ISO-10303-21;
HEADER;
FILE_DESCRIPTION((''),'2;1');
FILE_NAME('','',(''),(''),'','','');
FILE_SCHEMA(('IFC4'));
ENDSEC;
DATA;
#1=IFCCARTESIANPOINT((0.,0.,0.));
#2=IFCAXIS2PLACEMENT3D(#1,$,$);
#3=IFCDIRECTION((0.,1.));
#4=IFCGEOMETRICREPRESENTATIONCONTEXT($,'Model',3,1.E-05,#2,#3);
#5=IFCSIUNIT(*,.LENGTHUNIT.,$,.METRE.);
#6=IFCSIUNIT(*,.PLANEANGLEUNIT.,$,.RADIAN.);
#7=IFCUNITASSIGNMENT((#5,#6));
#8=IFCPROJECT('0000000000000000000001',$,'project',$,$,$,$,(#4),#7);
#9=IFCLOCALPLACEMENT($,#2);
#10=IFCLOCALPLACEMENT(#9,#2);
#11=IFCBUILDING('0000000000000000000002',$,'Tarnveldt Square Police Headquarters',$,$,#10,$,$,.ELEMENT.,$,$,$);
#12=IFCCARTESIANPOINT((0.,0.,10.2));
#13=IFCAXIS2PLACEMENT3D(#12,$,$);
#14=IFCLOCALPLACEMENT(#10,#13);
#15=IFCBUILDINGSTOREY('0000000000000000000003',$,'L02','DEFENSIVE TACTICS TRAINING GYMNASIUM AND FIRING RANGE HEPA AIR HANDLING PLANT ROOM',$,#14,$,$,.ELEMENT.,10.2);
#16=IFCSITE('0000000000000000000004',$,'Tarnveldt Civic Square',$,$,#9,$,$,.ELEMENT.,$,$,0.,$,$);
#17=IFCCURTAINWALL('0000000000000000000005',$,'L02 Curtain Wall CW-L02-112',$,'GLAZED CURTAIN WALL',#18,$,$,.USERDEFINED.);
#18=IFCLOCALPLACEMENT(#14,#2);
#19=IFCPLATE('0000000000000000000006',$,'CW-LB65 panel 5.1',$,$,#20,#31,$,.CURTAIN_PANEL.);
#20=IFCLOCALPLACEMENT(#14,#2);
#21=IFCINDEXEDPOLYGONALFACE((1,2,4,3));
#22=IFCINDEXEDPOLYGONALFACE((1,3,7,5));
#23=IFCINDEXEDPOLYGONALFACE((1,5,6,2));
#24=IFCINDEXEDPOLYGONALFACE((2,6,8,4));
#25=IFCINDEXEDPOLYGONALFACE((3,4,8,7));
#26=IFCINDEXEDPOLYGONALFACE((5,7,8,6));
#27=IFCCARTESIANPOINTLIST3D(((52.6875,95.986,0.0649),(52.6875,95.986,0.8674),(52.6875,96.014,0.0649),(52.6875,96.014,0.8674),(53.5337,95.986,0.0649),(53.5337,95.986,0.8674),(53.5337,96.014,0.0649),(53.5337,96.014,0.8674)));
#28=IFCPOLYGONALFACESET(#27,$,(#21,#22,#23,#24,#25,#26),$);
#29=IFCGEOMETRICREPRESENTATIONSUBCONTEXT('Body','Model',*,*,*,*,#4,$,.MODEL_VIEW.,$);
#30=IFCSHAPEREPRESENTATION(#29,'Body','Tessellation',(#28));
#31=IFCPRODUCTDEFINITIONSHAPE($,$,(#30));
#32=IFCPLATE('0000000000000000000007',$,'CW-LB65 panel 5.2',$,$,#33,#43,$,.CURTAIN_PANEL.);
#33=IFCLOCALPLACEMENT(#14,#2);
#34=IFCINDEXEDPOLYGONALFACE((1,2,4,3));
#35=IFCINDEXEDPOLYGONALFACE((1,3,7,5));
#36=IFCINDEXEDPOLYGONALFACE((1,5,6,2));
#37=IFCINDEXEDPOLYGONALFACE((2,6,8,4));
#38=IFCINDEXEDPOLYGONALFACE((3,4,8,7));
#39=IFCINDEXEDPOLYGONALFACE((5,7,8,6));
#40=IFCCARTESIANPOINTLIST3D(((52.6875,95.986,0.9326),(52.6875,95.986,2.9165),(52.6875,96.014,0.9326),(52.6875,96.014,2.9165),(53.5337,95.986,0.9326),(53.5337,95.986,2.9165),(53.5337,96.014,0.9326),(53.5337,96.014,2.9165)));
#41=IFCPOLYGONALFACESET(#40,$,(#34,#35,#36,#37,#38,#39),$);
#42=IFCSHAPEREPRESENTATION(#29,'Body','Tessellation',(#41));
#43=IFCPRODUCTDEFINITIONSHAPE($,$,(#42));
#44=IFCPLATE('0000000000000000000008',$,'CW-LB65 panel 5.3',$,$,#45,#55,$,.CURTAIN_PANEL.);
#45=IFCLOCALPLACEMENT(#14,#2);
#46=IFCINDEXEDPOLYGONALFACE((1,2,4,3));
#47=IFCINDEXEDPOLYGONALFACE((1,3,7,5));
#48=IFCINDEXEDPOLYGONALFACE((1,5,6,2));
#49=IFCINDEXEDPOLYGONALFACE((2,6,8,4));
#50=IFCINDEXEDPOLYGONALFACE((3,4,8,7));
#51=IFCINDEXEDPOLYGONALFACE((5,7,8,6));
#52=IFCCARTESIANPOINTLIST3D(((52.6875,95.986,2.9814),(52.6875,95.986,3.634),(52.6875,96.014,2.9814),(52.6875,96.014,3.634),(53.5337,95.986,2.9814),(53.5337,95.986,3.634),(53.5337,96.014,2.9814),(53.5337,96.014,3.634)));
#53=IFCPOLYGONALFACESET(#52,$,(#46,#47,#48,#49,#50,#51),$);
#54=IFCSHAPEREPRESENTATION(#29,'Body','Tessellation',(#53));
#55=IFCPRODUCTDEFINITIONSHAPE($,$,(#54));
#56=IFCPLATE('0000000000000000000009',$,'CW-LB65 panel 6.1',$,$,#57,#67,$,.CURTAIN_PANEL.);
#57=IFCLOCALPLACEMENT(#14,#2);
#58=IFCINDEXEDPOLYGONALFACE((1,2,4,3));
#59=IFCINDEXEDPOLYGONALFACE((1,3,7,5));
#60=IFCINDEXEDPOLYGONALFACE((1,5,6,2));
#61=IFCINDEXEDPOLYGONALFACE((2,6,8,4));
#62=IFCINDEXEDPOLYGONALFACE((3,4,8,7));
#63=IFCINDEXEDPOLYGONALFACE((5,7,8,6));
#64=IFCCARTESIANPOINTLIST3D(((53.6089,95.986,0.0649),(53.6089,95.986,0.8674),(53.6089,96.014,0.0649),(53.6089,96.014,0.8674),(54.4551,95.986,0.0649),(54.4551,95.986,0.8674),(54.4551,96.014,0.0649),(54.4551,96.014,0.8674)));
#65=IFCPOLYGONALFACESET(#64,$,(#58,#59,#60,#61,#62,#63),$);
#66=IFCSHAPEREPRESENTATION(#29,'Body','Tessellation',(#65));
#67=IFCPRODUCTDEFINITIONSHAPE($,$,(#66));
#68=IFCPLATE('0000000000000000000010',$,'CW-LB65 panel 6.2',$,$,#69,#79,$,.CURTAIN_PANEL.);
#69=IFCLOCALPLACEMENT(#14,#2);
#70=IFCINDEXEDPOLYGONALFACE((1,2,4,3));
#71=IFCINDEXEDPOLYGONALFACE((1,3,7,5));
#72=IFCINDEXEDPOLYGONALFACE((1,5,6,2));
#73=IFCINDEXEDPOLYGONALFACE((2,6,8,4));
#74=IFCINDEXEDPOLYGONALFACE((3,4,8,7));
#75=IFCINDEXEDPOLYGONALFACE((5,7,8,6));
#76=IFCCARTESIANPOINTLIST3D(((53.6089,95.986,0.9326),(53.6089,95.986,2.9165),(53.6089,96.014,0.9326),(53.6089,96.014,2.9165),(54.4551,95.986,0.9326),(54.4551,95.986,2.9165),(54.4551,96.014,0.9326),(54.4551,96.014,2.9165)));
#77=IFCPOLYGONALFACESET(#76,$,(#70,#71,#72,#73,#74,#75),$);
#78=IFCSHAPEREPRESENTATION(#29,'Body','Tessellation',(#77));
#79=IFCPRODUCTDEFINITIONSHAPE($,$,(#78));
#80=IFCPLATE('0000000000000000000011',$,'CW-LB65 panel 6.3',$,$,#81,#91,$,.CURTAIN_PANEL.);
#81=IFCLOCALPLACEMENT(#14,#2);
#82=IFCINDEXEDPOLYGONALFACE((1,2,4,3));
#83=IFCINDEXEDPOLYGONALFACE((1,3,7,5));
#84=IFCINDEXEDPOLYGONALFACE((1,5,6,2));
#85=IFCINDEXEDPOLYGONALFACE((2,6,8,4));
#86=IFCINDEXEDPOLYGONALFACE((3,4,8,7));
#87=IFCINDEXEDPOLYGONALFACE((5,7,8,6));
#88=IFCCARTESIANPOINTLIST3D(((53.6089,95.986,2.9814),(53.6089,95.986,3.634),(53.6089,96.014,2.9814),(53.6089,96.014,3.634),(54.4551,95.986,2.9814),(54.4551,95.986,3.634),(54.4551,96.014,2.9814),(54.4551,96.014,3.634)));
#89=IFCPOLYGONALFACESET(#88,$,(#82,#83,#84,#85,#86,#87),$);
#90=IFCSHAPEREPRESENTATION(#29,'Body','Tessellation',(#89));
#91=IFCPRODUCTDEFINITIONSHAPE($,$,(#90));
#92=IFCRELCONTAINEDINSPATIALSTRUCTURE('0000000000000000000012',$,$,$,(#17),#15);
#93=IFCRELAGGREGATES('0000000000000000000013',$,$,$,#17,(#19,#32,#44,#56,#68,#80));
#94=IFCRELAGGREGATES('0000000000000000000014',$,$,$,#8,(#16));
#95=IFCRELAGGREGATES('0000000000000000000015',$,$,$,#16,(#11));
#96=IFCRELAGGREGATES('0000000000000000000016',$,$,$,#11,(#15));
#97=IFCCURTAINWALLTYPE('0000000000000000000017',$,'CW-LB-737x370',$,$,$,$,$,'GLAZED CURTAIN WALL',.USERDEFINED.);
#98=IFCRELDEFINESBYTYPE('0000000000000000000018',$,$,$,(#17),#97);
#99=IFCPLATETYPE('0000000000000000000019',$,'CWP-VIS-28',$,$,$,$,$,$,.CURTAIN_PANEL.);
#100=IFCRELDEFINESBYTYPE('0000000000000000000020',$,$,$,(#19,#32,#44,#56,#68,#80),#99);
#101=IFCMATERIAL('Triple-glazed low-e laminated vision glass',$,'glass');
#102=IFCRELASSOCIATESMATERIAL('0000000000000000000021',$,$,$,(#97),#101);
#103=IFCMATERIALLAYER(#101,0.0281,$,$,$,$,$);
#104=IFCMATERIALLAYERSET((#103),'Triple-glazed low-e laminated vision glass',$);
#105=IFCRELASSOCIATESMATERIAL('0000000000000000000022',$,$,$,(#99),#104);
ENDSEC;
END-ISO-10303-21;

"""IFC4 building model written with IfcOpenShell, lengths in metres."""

from ifc_helpers import new_model, si_unit, direction, frame, origin, origin_2d, place, context, subcontext, project, spatial, rectangle, extrude, material, layer, layer_set, type_object, element, aggregate, save


model = new_model("IFC4")

# Units and contexts
model_context = context("Model", 3, precision=1e-05, world=origin(), true_north=direction((0.0, 1.0)))
body_context = subcontext(model_context, "Body", "Model", "MODEL_VIEW")
ifc_project = project(units=[si_unit("LENGTHUNIT", "METRE"), si_unit("PLANEANGLEUNIT", "RADIAN")], contexts=[model_context])

# Site, building, storey
site_placement = place(None, origin())
site = spatial("IfcSite", under=ifc_project, at=site_placement, Name="Tarnveldt Civic Square", CompositionType="ELEMENT", RefElevation=0.0)
building_placement = place(site_placement, origin())
building = spatial("IfcBuilding", under=site, at=building_placement, Name="Tarnveldt Square Police Headquarters", CompositionType="ELEMENT")
storey_placement = place(building_placement, frame((0.0, 0.0, 10.2)))
storey = spatial("IfcBuildingStorey", under=building, at=storey_placement, Name="L02", Description="DEFENSIVE TACTICS TRAINING GYMNASIUM AND FIRING RANGE HEPA AIR HANDLING PLANT ROOM", CompositionType="ELEMENT", Elevation=10.2)

# Curtain wall, plates
ifc_material_1 = material(Name="Triple-glazed low-e laminated vision glass", Category="glass")
curtain_wall_type = type_object("IfcCurtainWallType", Name="CW-LB-737x370", ElementType="GLAZED CURTAIN WALL", PredefinedType="USERDEFINED", material=ifc_material_1)
curtain_wall_placement = place(storey_placement, origin())
curtain_wall = element("IfcCurtainWall", 1, at=curtain_wall_placement, inside=storey, type_object=curtain_wall_type, Name="L02 Curtain Wall CW-L02-112", ObjectType="GLAZED CURTAIN WALL", PredefinedType="USERDEFINED")
ifc_layer = layer(ifc_material_1, 0.0281)
ifc_layer_set = layer_set([ifc_layer], Name="Triple-glazed low-e laminated vision glass")
plate_type = type_object("IfcPlateType", Name="CWP-VIS-28", PredefinedType="CURTAIN_PANEL", material=ifc_layer_set)
plate_1_placement = place(storey_placement, frame((53.1106, 96.0, 0.0649), z_axis=(0.0, 0.0, 1.0), x_axis=(1.0, 0.0, 0.0)))
plate_1 = element("IfcPlate", 2, at=plate_1_placement, type_object=plate_type, Name="CW-LB65 panel 5.1", PredefinedType="CURTAIN_PANEL", context=body_context, shape_type="SweptSolid", body=[
    extrude(rectangle(XDim=0.8462, YDim=0.0281, at=origin_2d()), origin(), (0.0, 0.0, 1.0), 0.8025),
])
plate_2_placement = place(storey_placement, frame((53.1106, 96.0, 0.9326), z_axis=(0.0, 0.0, 1.0), x_axis=(1.0, 0.0, 0.0)))
plate_2 = element("IfcPlate", 3, at=plate_2_placement, type_object=plate_type, Name="CW-LB65 panel 5.2", PredefinedType="CURTAIN_PANEL", context=body_context, shape_type="SweptSolid", body=[
    extrude(rectangle(XDim=0.8462, YDim=0.0281, at=origin_2d()), origin(), (0.0, 0.0, 1.0), 1.9839),
])
plate_3_placement = place(storey_placement, frame((53.1106, 96.0, 2.9814), z_axis=(0.0, 0.0, 1.0), x_axis=(1.0, 0.0, 0.0)))
plate_3 = element("IfcPlate", 4, at=plate_3_placement, type_object=plate_type, Name="CW-LB65 panel 5.3", PredefinedType="CURTAIN_PANEL", context=body_context, shape_type="SweptSolid", body=[
    extrude(rectangle(XDim=0.8462, YDim=0.0281, at=origin_2d()), origin(), (0.0, 0.0, 1.0), 0.6526),
])
plate_4_placement = place(storey_placement, frame((54.032, 96.0, 0.0649), z_axis=(0.0, 0.0, 1.0), x_axis=(1.0, 0.0, 0.0)))
plate_4 = element("IfcPlate", 5, at=plate_4_placement, type_object=plate_type, Name="CW-LB65 panel 6.1", PredefinedType="CURTAIN_PANEL", context=body_context, shape_type="SweptSolid", body=[
    extrude(rectangle(XDim=0.8462, YDim=0.0281, at=origin_2d()), origin(), (0.0, 0.0, 1.0), 0.8025),
])
plate_5_placement = place(storey_placement, frame((54.032, 96.0, 0.9326), z_axis=(0.0, 0.0, 1.0), x_axis=(1.0, 0.0, 0.0)))
plate_5 = element("IfcPlate", 6, at=plate_5_placement, type_object=plate_type, Name="CW-LB65 panel 6.2", PredefinedType="CURTAIN_PANEL", context=body_context, shape_type="SweptSolid", body=[
    extrude(rectangle(XDim=0.8462, YDim=0.0281, at=origin_2d()), origin(), (0.0, 0.0, 1.0), 1.9839),
])
plate_6_placement = place(storey_placement, frame((54.032, 96.0, 2.9814), z_axis=(0.0, 0.0, 1.0), x_axis=(1.0, 0.0, 0.0)))
plate_6 = element("IfcPlate", 7, at=plate_6_placement, type_object=plate_type, Name="CW-LB65 panel 6.3", PredefinedType="CURTAIN_PANEL", context=body_context, shape_type="SweptSolid", body=[
    extrude(rectangle(XDim=0.8462, YDim=0.0281, at=origin_2d()), origin(), (0.0, 0.0, 1.0), 0.6526),
])
aggregate(curtain_wall, [plate_1, plate_2, plate_3, plate_4, plate_5, plate_6])

save(model, "model.ifc")
